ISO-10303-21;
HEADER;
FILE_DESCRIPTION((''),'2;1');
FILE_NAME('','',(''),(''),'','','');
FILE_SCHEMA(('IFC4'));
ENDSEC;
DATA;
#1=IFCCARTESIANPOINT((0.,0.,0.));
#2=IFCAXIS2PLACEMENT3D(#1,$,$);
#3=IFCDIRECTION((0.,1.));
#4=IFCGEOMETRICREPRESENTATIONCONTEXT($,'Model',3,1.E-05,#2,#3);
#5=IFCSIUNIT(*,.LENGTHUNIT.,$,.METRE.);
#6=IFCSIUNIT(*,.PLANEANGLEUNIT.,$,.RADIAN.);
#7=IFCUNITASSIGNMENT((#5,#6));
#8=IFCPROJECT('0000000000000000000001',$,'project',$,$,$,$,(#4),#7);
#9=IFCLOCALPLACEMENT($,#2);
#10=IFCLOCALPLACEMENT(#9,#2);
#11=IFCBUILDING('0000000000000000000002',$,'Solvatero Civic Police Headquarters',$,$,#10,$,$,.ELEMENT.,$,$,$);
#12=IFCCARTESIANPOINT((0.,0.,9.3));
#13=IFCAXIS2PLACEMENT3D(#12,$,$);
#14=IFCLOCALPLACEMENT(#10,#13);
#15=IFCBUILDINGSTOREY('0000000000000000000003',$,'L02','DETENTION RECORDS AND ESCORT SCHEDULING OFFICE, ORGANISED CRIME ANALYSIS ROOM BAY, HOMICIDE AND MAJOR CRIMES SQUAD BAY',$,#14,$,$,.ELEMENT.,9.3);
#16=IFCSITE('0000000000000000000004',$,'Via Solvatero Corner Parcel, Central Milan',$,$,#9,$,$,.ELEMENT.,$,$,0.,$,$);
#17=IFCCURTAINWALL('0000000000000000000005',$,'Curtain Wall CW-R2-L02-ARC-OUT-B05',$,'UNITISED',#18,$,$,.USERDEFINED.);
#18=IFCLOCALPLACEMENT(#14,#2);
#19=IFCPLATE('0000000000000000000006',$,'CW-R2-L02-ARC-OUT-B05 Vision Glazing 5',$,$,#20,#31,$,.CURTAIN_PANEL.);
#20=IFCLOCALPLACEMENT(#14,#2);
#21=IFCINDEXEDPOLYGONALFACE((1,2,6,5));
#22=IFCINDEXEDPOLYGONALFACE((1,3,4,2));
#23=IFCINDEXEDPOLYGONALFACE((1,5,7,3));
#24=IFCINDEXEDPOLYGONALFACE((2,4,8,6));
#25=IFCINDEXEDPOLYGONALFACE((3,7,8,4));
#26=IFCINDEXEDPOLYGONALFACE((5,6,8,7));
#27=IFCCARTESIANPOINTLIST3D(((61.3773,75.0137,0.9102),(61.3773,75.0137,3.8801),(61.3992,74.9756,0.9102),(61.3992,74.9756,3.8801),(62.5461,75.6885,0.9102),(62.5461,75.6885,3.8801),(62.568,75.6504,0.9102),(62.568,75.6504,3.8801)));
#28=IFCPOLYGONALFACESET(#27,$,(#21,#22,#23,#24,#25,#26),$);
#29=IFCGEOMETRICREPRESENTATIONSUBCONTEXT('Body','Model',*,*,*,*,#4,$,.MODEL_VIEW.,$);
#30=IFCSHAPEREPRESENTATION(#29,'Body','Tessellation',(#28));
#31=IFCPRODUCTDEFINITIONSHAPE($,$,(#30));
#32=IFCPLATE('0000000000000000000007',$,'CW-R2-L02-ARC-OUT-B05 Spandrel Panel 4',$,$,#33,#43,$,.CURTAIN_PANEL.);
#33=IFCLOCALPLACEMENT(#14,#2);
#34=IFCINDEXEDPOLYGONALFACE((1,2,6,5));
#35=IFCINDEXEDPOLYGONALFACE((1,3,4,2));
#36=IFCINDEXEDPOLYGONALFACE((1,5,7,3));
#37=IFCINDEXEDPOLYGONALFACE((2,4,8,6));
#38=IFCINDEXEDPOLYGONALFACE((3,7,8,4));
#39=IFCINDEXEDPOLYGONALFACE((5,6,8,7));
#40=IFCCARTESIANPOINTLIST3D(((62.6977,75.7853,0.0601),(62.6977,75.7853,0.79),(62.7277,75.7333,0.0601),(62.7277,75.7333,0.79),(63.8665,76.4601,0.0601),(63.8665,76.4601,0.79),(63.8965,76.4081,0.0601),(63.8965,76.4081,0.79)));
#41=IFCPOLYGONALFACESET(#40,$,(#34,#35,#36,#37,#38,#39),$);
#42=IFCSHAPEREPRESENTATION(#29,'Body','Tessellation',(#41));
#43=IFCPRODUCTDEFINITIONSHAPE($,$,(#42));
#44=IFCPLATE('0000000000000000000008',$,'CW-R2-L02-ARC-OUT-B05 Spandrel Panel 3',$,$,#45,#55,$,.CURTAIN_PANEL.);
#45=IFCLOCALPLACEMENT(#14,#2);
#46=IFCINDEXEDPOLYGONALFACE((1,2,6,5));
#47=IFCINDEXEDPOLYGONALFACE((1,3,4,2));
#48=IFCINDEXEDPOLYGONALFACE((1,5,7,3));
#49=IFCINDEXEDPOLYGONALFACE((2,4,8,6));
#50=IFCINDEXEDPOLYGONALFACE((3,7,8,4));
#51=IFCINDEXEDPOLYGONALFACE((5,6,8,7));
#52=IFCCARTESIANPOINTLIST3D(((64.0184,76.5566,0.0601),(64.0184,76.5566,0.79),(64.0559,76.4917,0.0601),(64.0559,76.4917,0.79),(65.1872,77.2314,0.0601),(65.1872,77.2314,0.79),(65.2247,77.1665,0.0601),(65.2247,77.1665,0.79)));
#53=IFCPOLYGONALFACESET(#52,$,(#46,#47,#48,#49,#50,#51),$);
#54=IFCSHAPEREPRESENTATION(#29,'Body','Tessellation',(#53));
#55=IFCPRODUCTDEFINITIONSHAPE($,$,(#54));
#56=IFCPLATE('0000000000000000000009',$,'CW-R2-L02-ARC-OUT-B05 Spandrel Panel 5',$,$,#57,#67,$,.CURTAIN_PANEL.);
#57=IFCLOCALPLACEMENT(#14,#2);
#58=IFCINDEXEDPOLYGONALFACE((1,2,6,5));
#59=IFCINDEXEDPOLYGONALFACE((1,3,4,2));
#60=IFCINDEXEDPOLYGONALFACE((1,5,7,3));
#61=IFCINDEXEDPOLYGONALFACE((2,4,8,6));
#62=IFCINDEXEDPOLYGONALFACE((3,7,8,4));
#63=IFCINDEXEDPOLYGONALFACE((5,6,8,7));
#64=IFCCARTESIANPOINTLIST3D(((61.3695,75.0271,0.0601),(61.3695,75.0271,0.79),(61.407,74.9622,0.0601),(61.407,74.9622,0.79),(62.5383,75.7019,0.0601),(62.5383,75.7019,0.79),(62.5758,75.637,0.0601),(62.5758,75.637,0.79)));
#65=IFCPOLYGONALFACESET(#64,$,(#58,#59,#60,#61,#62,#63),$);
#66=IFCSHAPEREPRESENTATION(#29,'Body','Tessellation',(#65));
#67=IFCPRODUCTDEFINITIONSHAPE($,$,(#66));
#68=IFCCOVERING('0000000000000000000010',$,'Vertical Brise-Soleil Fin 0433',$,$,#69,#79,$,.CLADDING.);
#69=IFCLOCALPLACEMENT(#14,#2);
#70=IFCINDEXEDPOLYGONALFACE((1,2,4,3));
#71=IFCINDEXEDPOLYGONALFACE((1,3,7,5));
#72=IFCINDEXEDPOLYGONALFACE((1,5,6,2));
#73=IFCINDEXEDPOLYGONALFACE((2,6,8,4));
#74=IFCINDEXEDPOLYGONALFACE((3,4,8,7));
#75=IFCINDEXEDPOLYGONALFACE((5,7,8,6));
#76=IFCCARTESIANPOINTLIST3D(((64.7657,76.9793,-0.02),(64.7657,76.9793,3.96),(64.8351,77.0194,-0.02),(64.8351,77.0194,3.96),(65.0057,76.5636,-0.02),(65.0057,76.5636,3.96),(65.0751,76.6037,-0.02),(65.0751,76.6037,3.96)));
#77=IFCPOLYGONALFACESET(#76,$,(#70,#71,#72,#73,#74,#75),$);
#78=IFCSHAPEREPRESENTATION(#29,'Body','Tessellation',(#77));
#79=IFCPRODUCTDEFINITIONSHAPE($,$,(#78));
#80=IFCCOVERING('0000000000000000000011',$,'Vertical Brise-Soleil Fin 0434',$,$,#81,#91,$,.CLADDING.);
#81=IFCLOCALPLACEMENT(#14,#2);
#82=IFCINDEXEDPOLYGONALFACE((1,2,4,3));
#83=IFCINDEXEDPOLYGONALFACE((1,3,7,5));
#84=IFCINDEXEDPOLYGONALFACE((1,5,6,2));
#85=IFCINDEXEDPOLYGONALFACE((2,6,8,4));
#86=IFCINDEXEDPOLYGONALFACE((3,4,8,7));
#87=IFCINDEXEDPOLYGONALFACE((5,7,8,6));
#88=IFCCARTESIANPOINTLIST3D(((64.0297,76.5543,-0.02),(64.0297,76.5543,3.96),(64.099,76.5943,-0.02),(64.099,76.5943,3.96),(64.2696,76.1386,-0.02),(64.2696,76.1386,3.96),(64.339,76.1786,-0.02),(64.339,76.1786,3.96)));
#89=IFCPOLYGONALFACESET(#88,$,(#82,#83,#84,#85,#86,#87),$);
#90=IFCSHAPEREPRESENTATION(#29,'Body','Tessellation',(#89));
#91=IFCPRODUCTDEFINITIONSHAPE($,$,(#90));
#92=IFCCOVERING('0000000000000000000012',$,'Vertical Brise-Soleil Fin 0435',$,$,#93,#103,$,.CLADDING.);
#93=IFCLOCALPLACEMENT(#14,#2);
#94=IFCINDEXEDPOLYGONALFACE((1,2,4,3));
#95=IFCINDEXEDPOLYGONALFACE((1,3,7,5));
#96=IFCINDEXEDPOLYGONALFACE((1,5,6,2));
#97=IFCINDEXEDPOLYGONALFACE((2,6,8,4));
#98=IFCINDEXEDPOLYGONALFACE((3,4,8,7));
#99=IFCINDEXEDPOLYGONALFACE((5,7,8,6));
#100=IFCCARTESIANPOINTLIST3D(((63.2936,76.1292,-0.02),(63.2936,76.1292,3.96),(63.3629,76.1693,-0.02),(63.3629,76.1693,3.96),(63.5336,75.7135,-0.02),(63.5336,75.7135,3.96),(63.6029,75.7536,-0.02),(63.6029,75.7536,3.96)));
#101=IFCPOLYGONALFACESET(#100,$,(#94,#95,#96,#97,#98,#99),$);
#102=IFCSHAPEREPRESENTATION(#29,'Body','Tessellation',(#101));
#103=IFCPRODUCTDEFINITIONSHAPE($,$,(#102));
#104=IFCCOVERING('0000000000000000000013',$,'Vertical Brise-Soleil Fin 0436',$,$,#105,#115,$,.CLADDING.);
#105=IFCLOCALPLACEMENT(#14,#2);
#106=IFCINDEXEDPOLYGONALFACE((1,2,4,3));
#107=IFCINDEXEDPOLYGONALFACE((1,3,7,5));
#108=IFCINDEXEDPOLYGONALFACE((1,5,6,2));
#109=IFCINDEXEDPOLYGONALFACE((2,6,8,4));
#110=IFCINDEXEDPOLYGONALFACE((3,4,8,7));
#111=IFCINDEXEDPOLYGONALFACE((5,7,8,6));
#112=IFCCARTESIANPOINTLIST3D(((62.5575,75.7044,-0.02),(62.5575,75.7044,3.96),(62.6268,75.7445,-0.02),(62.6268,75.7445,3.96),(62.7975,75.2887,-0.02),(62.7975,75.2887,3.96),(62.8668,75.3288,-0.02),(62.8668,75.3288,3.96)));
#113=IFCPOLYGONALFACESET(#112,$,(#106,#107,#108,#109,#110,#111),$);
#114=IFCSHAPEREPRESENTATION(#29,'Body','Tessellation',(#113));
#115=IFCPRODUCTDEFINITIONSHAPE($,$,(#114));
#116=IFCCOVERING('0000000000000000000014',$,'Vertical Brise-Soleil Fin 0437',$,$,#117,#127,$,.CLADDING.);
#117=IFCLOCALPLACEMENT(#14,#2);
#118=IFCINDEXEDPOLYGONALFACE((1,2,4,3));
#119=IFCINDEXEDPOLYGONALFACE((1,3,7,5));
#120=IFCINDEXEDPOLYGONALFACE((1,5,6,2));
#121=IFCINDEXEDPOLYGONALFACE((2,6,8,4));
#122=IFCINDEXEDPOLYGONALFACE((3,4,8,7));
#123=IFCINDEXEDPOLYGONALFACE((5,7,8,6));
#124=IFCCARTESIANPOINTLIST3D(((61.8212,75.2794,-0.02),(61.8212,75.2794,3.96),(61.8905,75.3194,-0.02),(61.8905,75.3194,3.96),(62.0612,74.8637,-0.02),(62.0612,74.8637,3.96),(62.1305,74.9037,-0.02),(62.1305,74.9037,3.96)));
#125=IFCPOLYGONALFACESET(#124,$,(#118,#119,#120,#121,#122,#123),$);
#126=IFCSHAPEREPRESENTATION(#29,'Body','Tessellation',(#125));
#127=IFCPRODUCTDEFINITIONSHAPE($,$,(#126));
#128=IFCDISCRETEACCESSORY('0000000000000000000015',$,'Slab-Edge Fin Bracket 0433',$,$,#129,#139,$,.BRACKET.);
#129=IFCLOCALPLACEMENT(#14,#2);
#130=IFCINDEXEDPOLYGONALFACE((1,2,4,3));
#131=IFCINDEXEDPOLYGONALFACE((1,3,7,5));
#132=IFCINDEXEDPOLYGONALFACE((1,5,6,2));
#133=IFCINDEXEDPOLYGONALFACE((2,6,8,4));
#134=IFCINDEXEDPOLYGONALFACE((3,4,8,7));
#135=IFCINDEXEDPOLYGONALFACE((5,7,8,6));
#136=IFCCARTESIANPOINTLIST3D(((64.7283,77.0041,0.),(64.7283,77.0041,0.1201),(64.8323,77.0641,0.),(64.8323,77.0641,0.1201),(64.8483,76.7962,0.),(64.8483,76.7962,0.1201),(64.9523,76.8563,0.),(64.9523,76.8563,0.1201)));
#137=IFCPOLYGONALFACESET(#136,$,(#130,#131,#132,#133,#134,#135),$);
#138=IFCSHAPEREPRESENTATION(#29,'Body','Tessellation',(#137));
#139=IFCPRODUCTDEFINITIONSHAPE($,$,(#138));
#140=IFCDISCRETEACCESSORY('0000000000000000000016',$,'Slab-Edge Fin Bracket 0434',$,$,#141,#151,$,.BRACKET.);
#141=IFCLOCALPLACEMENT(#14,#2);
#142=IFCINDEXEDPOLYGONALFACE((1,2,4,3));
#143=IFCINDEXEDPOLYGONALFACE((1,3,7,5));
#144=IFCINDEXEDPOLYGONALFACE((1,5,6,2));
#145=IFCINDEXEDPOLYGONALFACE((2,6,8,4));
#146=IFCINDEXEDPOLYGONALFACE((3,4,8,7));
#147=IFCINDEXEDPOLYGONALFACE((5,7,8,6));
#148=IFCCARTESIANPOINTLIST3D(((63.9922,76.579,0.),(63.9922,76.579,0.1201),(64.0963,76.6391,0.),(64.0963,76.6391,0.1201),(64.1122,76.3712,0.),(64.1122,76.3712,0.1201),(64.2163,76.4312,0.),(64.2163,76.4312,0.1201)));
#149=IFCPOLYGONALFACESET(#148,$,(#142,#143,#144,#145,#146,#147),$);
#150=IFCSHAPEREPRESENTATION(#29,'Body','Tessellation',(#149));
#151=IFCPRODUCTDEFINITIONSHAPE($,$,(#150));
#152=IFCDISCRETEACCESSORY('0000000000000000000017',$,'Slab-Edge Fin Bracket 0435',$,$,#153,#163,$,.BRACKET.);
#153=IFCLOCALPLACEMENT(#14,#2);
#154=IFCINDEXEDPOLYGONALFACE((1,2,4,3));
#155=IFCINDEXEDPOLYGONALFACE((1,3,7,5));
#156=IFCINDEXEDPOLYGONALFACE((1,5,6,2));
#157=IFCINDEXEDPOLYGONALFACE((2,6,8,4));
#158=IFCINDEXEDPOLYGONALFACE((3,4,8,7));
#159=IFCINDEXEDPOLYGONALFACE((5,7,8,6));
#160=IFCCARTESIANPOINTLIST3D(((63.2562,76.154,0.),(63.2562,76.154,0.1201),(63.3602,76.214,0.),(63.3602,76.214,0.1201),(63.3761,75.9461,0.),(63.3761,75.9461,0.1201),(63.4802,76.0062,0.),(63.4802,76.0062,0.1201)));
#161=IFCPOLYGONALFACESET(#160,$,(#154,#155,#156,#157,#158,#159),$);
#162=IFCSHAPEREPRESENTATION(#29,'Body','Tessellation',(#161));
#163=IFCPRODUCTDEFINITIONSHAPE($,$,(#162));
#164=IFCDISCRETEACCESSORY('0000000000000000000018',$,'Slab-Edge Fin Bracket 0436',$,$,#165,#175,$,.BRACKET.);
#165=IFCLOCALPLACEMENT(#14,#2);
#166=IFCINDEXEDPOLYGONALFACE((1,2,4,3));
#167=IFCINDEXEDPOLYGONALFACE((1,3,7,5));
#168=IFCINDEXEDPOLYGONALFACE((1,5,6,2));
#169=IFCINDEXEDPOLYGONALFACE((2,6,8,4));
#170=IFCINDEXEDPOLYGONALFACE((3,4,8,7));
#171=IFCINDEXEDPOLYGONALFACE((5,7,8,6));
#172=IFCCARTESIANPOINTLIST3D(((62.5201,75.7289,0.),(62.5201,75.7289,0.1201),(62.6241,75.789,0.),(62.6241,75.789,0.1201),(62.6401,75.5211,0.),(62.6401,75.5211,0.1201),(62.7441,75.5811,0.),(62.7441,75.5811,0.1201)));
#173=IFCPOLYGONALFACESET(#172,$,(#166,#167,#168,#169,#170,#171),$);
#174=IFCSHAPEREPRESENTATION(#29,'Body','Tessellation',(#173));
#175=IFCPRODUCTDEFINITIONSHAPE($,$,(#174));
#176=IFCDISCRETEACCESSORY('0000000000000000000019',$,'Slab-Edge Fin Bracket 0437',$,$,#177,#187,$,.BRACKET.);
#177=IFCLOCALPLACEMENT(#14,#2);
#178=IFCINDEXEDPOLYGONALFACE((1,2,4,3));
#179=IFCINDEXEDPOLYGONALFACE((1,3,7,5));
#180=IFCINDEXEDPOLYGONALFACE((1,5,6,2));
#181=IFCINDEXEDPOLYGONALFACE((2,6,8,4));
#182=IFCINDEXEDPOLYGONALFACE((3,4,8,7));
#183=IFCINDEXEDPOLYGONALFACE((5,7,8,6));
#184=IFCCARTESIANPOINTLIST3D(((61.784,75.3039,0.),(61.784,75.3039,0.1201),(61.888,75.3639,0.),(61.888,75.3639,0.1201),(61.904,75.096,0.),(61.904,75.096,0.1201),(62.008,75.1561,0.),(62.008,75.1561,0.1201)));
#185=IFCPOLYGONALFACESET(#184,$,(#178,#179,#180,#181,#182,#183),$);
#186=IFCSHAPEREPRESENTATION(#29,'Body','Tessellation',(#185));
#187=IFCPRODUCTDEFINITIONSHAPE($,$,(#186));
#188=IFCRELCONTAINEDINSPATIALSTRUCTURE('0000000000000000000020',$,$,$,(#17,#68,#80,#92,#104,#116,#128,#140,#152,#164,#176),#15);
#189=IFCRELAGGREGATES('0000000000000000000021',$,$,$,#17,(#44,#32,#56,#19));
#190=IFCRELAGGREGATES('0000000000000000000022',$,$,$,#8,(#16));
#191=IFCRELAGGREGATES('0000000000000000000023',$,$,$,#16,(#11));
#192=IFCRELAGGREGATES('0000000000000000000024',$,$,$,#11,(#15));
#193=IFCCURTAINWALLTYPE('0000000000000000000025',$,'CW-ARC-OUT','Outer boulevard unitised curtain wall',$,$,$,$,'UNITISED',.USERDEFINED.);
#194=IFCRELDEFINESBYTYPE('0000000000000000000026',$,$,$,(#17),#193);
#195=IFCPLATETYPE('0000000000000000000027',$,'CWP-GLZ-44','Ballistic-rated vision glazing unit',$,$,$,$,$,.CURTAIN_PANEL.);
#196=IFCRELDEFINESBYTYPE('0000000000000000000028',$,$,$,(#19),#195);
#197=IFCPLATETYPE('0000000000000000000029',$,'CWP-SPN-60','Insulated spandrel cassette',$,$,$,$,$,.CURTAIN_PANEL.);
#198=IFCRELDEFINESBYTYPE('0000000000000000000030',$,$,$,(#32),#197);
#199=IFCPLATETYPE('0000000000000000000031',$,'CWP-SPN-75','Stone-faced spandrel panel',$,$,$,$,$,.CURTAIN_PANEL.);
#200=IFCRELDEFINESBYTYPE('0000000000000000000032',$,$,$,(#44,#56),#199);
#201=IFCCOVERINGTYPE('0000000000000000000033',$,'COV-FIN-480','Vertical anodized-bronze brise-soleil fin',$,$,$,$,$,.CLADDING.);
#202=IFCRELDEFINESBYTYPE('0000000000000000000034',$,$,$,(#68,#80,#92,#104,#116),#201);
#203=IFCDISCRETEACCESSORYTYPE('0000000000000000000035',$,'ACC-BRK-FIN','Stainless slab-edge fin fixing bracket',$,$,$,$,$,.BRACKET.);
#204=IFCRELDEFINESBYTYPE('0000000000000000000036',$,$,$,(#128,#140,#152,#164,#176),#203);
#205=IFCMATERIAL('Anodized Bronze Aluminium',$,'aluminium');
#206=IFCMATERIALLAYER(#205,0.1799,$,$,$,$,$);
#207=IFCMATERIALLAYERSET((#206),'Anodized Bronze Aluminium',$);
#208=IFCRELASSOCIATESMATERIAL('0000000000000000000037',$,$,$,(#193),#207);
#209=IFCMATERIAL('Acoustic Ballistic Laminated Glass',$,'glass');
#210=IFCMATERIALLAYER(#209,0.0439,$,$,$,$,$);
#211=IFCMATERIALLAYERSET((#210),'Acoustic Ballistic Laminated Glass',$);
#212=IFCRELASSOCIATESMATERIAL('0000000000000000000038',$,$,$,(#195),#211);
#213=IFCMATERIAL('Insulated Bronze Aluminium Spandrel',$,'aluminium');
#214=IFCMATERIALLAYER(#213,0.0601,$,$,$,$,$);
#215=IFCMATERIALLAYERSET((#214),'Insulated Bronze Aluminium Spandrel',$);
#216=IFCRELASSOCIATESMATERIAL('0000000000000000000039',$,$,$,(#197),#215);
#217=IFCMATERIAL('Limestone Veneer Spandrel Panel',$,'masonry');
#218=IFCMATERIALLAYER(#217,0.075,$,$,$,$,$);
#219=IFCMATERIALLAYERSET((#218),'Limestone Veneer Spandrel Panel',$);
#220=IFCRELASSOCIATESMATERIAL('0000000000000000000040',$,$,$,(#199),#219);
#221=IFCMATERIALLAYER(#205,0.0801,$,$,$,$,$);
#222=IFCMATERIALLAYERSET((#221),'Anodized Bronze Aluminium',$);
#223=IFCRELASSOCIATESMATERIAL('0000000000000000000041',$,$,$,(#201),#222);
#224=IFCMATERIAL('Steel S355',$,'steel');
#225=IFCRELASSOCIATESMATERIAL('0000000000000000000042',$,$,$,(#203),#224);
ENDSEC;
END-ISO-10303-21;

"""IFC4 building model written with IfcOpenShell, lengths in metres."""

from ifc_helpers import new_model, si_unit, direction, frame, origin, origin_2d, place, context, subcontext, project, spatial, rectangle, extrude, material, layer, layer_set, type_object, element, aggregate, save


model = new_model("IFC4")

# Units and contexts
model_context = context("Model", 3, precision=1e-05, world=origin(), true_north=direction((0.0, 1.0)))
body_context = subcontext(model_context, "Body", "Model", "MODEL_VIEW")
ifc_project = project(units=[si_unit("LENGTHUNIT", "METRE"), si_unit("PLANEANGLEUNIT", "RADIAN")], contexts=[model_context])

# Site, building, storey
site_placement = place(None, origin())
site = spatial("IfcSite", under=ifc_project, at=site_placement, Name="Via Solvatero Corner Parcel, Central Milan", CompositionType="ELEMENT", RefElevation=0.0)
building_placement = place(site_placement, origin())
building = spatial("IfcBuilding", under=site, at=building_placement, Name="Solvatero Civic Police Headquarters", CompositionType="ELEMENT")
storey_placement = place(building_placement, frame((0.0, 0.0, 9.3)))
storey = spatial("IfcBuildingStorey", under=building, at=storey_placement, Name="L02", Description="DETENTION RECORDS AND ESCORT SCHEDULING OFFICE, ORGANISED CRIME ANALYSIS ROOM BAY, HOMICIDE AND MAJOR CRIMES SQUAD BAY", CompositionType="ELEMENT", Elevation=9.3)

# Shared definitions
ifc_material_1 = material(Name="Steel S355", Category="steel")

# Curtain wall
ifc_material_2 = material(Name="Anodized Bronze Aluminium", Category="aluminium")
ifc_layer_1 = layer(ifc_material_2, 0.1799)
ifc_layer_set_1 = layer_set([ifc_layer_1], Name="Anodized Bronze Aluminium")
curtain_wall_type = type_object("IfcCurtainWallType", Name="CW-ARC-OUT", Description="Outer boulevard unitised curtain wall", ElementType="UNITISED", PredefinedType="USERDEFINED", material=ifc_layer_set_1)
curtain_wall_1_placement = place(storey_placement, origin())
curtain_wall_1 = element("IfcCurtainWall", 1, at=curtain_wall_1_placement, inside=storey, type_object=curtain_wall_type, Name="Curtain Wall CW-R2-L02-ARC-OUT-B05", ObjectType="UNITISED", PredefinedType="USERDEFINED")

# Plates
ifc_material_3 = material(Name="Acoustic Ballistic Laminated Glass", Category="glass")
ifc_layer_2 = layer(ifc_material_3, 0.0439)
ifc_layer_set_2 = layer_set([ifc_layer_2], Name="Acoustic Ballistic Laminated Glass")
plate_type_1 = type_object("IfcPlateType", Name="CWP-GLZ-44", Description="Ballistic-rated vision glazing unit", PredefinedType="CURTAIN_PANEL", material=ifc_layer_set_2)
plate_1_placement = place(storey_placement, frame((61.9727, 75.332, 0.9102), z_axis=(0.0, 0.0, 1.0), x_axis=(-0.866025, -0.5, 0.0)))
plate_1 = element("IfcPlate", 2, at=plate_1_placement, type_object=plate_type_1, Name="CW-R2-L02-ARC-OUT-B05 Vision Glazing 5", PredefinedType="CURTAIN_PANEL", context=body_context, shape_type="SweptSolid", body=[
    extrude(rectangle(XDim=1.3496, YDim=0.0439, at=origin_2d()), origin(), (0.0, 0.0, 1.0), 2.97),
])
ifc_material_4 = material(Name="Insulated Bronze Aluminium Spandrel", Category="aluminium")
ifc_layer_3 = layer(ifc_material_4, 0.0601)
ifc_layer_set_3 = layer_set([ifc_layer_3], Name="Insulated Bronze Aluminium Spandrel")
plate_type_2 = type_object("IfcPlateType", Name="CWP-SPN-60", Description="Insulated spandrel cassette", PredefinedType="CURTAIN_PANEL", material=ifc_layer_set_3)
plate_2_placement = place(storey_placement, frame((63.2971, 76.0967, 0.0601), z_axis=(0.0, 0.0, 1.0), x_axis=(-0.866025, -0.5, 0.0)))
plate_2 = element("IfcPlate", 3, at=plate_2_placement, type_object=plate_type_2, Name="CW-R2-L02-ARC-OUT-B05 Spandrel Panel 4", PredefinedType="CURTAIN_PANEL", context=body_context, shape_type="SweptSolid", body=[
    extrude(rectangle(XDim=1.3496, YDim=0.0601, at=origin_2d()), origin(), (0.0, 0.0, 1.0), 0.73),
])
ifc_material_5 = material(Name="Limestone Veneer Spandrel Panel", Category="masonry")
ifc_layer_4 = layer(ifc_material_5, 0.075)
ifc_layer_set_4 = layer_set([ifc_layer_4], Name="Limestone Veneer Spandrel Panel")
plate_type_3 = type_object("IfcPlateType", Name="CWP-SPN-75", Description="Stone-faced spandrel panel", PredefinedType="CURTAIN_PANEL", material=ifc_layer_set_4)
plate_3_placement = place(storey_placement, frame((64.6216, 76.8616, 0.0601), z_axis=(0.0, 0.0, 1.0), x_axis=(-0.866025, -0.5, 0.0)))
plate_3 = element("IfcPlate", 4, at=plate_3_placement, type_object=plate_type_3, Name="CW-R2-L02-ARC-OUT-B05 Spandrel Panel 3", PredefinedType="CURTAIN_PANEL", context=body_context, shape_type="SweptSolid", body=[
    extrude(rectangle(XDim=1.3496, YDim=0.075, at=origin_2d()), origin(), (0.0, 0.0, 1.0), 0.73),
])
plate_4_placement = place(storey_placement, frame((61.9727, 75.332, 0.0601), z_axis=(0.0, 0.0, 1.0), x_axis=(-0.866025, -0.5, 0.0)))
plate_4 = element("IfcPlate", 5, at=plate_4_placement, type_object=plate_type_3, Name="CW-R2-L02-ARC-OUT-B05 Spandrel Panel 5", PredefinedType="CURTAIN_PANEL", context=body_context, shape_type="SweptSolid", body=[
    extrude(rectangle(XDim=1.3496, YDim=0.075, at=origin_2d()), origin(), (0.0, 0.0, 1.0), 0.73),
])
aggregate(curtain_wall_1, [plate_3, plate_2, plate_4, plate_1])

# Coverings
ifc_layer_5 = layer(ifc_material_2, 0.0801)
ifc_layer_set_5 = layer_set([ifc_layer_5], Name="Anodized Bronze Aluminium")
covering_type = type_object("IfcCoveringType", Name="COV-FIN-480", Description="Vertical anodized-bronze brise-soleil fin", PredefinedType="CLADDING", material=ifc_layer_set_5)
for number, where, z_axis, x_axis, name in (
    (6, (64.9204, 76.7915, -0.02), (0.0, 0.0, 1.0), (-0.866025, -0.5, 0.0), "Vertical Brise-Soleil Fin 0433"),
    (7, (64.1843, 76.3665, -0.02), (0.0, 0.0, 1.0), (-0.866025, -0.5, 0.0), "Vertical Brise-Soleil Fin 0434"),
    (8, (63.4482, 75.9414, -0.02), (0.0, 0.0, 1.0), (-0.866025, -0.5, 0.0), "Vertical Brise-Soleil Fin 0435"),
    (9, (62.7122, 75.5166, -0.02), (0.0, 0.0, 1.0), (-0.866025, -0.5, 0.0), "Vertical Brise-Soleil Fin 0436"),
    (10, (61.9758, 75.0916, -0.02), (0.0, 0.0, 1.0), (-0.866025, -0.5, 0.0), "Vertical Brise-Soleil Fin 0437"),
):
    element("IfcCovering", number, at=place(storey_placement, frame(where, z_axis=z_axis, x_axis=x_axis)), inside=storey, type_object=covering_type, Name=name, PredefinedType="CLADDING", context=body_context, shape_type="SweptSolid", body=[
        extrude(rectangle(XDim=0.0801, YDim=0.48, at=origin_2d()), origin(), (0.0, 0.0, 1.0), 3.98),
    ])

# Discrete accessories
discrete_accessory_type = type_object("IfcDiscreteAccessoryType", Name="ACC-BRK-FIN", Description="Stainless slab-edge fin fixing bracket", PredefinedType="BRACKET", material=ifc_material_1)
for number, where, z_axis, x_axis, name in (
    (11, (64.8403, 76.9302, 0.0), (0.0, 0.0, 1.0), (-0.866025, -0.5, 0.0), "Slab-Edge Fin Bracket 0433"),
    (12, (64.1042, 76.5051, 0.0), (0.0, 0.0, 1.0), (-0.866025, -0.5, 0.0), "Slab-Edge Fin Bracket 0434"),
    (13, (63.3682, 76.0801, 0.0), (0.0, 0.0, 1.0), (-0.866025, -0.5, 0.0), "Slab-Edge Fin Bracket 0435"),
    (14, (62.6321, 75.655, 0.0), (0.0, 0.0, 1.0), (-0.866025, -0.5, 0.0), "Slab-Edge Fin Bracket 0436"),
    (15, (61.896, 75.23, 0.0), (0.0, 0.0, 1.0), (-0.866025, -0.5, 0.0), "Slab-Edge Fin Bracket 0437"),
):
    element("IfcDiscreteAccessory", number, at=place(storey_placement, frame(where, z_axis=z_axis, x_axis=x_axis)), inside=storey, type_object=discrete_accessory_type, Name=name, PredefinedType="BRACKET", context=body_context, shape_type="SweptSolid", body=[
        extrude(rectangle(XDim=0.1201, YDim=0.24, at=origin_2d()), origin(), (0.0, 0.0, 1.0), 0.1201),
    ])

save(model, "model.ifc")
